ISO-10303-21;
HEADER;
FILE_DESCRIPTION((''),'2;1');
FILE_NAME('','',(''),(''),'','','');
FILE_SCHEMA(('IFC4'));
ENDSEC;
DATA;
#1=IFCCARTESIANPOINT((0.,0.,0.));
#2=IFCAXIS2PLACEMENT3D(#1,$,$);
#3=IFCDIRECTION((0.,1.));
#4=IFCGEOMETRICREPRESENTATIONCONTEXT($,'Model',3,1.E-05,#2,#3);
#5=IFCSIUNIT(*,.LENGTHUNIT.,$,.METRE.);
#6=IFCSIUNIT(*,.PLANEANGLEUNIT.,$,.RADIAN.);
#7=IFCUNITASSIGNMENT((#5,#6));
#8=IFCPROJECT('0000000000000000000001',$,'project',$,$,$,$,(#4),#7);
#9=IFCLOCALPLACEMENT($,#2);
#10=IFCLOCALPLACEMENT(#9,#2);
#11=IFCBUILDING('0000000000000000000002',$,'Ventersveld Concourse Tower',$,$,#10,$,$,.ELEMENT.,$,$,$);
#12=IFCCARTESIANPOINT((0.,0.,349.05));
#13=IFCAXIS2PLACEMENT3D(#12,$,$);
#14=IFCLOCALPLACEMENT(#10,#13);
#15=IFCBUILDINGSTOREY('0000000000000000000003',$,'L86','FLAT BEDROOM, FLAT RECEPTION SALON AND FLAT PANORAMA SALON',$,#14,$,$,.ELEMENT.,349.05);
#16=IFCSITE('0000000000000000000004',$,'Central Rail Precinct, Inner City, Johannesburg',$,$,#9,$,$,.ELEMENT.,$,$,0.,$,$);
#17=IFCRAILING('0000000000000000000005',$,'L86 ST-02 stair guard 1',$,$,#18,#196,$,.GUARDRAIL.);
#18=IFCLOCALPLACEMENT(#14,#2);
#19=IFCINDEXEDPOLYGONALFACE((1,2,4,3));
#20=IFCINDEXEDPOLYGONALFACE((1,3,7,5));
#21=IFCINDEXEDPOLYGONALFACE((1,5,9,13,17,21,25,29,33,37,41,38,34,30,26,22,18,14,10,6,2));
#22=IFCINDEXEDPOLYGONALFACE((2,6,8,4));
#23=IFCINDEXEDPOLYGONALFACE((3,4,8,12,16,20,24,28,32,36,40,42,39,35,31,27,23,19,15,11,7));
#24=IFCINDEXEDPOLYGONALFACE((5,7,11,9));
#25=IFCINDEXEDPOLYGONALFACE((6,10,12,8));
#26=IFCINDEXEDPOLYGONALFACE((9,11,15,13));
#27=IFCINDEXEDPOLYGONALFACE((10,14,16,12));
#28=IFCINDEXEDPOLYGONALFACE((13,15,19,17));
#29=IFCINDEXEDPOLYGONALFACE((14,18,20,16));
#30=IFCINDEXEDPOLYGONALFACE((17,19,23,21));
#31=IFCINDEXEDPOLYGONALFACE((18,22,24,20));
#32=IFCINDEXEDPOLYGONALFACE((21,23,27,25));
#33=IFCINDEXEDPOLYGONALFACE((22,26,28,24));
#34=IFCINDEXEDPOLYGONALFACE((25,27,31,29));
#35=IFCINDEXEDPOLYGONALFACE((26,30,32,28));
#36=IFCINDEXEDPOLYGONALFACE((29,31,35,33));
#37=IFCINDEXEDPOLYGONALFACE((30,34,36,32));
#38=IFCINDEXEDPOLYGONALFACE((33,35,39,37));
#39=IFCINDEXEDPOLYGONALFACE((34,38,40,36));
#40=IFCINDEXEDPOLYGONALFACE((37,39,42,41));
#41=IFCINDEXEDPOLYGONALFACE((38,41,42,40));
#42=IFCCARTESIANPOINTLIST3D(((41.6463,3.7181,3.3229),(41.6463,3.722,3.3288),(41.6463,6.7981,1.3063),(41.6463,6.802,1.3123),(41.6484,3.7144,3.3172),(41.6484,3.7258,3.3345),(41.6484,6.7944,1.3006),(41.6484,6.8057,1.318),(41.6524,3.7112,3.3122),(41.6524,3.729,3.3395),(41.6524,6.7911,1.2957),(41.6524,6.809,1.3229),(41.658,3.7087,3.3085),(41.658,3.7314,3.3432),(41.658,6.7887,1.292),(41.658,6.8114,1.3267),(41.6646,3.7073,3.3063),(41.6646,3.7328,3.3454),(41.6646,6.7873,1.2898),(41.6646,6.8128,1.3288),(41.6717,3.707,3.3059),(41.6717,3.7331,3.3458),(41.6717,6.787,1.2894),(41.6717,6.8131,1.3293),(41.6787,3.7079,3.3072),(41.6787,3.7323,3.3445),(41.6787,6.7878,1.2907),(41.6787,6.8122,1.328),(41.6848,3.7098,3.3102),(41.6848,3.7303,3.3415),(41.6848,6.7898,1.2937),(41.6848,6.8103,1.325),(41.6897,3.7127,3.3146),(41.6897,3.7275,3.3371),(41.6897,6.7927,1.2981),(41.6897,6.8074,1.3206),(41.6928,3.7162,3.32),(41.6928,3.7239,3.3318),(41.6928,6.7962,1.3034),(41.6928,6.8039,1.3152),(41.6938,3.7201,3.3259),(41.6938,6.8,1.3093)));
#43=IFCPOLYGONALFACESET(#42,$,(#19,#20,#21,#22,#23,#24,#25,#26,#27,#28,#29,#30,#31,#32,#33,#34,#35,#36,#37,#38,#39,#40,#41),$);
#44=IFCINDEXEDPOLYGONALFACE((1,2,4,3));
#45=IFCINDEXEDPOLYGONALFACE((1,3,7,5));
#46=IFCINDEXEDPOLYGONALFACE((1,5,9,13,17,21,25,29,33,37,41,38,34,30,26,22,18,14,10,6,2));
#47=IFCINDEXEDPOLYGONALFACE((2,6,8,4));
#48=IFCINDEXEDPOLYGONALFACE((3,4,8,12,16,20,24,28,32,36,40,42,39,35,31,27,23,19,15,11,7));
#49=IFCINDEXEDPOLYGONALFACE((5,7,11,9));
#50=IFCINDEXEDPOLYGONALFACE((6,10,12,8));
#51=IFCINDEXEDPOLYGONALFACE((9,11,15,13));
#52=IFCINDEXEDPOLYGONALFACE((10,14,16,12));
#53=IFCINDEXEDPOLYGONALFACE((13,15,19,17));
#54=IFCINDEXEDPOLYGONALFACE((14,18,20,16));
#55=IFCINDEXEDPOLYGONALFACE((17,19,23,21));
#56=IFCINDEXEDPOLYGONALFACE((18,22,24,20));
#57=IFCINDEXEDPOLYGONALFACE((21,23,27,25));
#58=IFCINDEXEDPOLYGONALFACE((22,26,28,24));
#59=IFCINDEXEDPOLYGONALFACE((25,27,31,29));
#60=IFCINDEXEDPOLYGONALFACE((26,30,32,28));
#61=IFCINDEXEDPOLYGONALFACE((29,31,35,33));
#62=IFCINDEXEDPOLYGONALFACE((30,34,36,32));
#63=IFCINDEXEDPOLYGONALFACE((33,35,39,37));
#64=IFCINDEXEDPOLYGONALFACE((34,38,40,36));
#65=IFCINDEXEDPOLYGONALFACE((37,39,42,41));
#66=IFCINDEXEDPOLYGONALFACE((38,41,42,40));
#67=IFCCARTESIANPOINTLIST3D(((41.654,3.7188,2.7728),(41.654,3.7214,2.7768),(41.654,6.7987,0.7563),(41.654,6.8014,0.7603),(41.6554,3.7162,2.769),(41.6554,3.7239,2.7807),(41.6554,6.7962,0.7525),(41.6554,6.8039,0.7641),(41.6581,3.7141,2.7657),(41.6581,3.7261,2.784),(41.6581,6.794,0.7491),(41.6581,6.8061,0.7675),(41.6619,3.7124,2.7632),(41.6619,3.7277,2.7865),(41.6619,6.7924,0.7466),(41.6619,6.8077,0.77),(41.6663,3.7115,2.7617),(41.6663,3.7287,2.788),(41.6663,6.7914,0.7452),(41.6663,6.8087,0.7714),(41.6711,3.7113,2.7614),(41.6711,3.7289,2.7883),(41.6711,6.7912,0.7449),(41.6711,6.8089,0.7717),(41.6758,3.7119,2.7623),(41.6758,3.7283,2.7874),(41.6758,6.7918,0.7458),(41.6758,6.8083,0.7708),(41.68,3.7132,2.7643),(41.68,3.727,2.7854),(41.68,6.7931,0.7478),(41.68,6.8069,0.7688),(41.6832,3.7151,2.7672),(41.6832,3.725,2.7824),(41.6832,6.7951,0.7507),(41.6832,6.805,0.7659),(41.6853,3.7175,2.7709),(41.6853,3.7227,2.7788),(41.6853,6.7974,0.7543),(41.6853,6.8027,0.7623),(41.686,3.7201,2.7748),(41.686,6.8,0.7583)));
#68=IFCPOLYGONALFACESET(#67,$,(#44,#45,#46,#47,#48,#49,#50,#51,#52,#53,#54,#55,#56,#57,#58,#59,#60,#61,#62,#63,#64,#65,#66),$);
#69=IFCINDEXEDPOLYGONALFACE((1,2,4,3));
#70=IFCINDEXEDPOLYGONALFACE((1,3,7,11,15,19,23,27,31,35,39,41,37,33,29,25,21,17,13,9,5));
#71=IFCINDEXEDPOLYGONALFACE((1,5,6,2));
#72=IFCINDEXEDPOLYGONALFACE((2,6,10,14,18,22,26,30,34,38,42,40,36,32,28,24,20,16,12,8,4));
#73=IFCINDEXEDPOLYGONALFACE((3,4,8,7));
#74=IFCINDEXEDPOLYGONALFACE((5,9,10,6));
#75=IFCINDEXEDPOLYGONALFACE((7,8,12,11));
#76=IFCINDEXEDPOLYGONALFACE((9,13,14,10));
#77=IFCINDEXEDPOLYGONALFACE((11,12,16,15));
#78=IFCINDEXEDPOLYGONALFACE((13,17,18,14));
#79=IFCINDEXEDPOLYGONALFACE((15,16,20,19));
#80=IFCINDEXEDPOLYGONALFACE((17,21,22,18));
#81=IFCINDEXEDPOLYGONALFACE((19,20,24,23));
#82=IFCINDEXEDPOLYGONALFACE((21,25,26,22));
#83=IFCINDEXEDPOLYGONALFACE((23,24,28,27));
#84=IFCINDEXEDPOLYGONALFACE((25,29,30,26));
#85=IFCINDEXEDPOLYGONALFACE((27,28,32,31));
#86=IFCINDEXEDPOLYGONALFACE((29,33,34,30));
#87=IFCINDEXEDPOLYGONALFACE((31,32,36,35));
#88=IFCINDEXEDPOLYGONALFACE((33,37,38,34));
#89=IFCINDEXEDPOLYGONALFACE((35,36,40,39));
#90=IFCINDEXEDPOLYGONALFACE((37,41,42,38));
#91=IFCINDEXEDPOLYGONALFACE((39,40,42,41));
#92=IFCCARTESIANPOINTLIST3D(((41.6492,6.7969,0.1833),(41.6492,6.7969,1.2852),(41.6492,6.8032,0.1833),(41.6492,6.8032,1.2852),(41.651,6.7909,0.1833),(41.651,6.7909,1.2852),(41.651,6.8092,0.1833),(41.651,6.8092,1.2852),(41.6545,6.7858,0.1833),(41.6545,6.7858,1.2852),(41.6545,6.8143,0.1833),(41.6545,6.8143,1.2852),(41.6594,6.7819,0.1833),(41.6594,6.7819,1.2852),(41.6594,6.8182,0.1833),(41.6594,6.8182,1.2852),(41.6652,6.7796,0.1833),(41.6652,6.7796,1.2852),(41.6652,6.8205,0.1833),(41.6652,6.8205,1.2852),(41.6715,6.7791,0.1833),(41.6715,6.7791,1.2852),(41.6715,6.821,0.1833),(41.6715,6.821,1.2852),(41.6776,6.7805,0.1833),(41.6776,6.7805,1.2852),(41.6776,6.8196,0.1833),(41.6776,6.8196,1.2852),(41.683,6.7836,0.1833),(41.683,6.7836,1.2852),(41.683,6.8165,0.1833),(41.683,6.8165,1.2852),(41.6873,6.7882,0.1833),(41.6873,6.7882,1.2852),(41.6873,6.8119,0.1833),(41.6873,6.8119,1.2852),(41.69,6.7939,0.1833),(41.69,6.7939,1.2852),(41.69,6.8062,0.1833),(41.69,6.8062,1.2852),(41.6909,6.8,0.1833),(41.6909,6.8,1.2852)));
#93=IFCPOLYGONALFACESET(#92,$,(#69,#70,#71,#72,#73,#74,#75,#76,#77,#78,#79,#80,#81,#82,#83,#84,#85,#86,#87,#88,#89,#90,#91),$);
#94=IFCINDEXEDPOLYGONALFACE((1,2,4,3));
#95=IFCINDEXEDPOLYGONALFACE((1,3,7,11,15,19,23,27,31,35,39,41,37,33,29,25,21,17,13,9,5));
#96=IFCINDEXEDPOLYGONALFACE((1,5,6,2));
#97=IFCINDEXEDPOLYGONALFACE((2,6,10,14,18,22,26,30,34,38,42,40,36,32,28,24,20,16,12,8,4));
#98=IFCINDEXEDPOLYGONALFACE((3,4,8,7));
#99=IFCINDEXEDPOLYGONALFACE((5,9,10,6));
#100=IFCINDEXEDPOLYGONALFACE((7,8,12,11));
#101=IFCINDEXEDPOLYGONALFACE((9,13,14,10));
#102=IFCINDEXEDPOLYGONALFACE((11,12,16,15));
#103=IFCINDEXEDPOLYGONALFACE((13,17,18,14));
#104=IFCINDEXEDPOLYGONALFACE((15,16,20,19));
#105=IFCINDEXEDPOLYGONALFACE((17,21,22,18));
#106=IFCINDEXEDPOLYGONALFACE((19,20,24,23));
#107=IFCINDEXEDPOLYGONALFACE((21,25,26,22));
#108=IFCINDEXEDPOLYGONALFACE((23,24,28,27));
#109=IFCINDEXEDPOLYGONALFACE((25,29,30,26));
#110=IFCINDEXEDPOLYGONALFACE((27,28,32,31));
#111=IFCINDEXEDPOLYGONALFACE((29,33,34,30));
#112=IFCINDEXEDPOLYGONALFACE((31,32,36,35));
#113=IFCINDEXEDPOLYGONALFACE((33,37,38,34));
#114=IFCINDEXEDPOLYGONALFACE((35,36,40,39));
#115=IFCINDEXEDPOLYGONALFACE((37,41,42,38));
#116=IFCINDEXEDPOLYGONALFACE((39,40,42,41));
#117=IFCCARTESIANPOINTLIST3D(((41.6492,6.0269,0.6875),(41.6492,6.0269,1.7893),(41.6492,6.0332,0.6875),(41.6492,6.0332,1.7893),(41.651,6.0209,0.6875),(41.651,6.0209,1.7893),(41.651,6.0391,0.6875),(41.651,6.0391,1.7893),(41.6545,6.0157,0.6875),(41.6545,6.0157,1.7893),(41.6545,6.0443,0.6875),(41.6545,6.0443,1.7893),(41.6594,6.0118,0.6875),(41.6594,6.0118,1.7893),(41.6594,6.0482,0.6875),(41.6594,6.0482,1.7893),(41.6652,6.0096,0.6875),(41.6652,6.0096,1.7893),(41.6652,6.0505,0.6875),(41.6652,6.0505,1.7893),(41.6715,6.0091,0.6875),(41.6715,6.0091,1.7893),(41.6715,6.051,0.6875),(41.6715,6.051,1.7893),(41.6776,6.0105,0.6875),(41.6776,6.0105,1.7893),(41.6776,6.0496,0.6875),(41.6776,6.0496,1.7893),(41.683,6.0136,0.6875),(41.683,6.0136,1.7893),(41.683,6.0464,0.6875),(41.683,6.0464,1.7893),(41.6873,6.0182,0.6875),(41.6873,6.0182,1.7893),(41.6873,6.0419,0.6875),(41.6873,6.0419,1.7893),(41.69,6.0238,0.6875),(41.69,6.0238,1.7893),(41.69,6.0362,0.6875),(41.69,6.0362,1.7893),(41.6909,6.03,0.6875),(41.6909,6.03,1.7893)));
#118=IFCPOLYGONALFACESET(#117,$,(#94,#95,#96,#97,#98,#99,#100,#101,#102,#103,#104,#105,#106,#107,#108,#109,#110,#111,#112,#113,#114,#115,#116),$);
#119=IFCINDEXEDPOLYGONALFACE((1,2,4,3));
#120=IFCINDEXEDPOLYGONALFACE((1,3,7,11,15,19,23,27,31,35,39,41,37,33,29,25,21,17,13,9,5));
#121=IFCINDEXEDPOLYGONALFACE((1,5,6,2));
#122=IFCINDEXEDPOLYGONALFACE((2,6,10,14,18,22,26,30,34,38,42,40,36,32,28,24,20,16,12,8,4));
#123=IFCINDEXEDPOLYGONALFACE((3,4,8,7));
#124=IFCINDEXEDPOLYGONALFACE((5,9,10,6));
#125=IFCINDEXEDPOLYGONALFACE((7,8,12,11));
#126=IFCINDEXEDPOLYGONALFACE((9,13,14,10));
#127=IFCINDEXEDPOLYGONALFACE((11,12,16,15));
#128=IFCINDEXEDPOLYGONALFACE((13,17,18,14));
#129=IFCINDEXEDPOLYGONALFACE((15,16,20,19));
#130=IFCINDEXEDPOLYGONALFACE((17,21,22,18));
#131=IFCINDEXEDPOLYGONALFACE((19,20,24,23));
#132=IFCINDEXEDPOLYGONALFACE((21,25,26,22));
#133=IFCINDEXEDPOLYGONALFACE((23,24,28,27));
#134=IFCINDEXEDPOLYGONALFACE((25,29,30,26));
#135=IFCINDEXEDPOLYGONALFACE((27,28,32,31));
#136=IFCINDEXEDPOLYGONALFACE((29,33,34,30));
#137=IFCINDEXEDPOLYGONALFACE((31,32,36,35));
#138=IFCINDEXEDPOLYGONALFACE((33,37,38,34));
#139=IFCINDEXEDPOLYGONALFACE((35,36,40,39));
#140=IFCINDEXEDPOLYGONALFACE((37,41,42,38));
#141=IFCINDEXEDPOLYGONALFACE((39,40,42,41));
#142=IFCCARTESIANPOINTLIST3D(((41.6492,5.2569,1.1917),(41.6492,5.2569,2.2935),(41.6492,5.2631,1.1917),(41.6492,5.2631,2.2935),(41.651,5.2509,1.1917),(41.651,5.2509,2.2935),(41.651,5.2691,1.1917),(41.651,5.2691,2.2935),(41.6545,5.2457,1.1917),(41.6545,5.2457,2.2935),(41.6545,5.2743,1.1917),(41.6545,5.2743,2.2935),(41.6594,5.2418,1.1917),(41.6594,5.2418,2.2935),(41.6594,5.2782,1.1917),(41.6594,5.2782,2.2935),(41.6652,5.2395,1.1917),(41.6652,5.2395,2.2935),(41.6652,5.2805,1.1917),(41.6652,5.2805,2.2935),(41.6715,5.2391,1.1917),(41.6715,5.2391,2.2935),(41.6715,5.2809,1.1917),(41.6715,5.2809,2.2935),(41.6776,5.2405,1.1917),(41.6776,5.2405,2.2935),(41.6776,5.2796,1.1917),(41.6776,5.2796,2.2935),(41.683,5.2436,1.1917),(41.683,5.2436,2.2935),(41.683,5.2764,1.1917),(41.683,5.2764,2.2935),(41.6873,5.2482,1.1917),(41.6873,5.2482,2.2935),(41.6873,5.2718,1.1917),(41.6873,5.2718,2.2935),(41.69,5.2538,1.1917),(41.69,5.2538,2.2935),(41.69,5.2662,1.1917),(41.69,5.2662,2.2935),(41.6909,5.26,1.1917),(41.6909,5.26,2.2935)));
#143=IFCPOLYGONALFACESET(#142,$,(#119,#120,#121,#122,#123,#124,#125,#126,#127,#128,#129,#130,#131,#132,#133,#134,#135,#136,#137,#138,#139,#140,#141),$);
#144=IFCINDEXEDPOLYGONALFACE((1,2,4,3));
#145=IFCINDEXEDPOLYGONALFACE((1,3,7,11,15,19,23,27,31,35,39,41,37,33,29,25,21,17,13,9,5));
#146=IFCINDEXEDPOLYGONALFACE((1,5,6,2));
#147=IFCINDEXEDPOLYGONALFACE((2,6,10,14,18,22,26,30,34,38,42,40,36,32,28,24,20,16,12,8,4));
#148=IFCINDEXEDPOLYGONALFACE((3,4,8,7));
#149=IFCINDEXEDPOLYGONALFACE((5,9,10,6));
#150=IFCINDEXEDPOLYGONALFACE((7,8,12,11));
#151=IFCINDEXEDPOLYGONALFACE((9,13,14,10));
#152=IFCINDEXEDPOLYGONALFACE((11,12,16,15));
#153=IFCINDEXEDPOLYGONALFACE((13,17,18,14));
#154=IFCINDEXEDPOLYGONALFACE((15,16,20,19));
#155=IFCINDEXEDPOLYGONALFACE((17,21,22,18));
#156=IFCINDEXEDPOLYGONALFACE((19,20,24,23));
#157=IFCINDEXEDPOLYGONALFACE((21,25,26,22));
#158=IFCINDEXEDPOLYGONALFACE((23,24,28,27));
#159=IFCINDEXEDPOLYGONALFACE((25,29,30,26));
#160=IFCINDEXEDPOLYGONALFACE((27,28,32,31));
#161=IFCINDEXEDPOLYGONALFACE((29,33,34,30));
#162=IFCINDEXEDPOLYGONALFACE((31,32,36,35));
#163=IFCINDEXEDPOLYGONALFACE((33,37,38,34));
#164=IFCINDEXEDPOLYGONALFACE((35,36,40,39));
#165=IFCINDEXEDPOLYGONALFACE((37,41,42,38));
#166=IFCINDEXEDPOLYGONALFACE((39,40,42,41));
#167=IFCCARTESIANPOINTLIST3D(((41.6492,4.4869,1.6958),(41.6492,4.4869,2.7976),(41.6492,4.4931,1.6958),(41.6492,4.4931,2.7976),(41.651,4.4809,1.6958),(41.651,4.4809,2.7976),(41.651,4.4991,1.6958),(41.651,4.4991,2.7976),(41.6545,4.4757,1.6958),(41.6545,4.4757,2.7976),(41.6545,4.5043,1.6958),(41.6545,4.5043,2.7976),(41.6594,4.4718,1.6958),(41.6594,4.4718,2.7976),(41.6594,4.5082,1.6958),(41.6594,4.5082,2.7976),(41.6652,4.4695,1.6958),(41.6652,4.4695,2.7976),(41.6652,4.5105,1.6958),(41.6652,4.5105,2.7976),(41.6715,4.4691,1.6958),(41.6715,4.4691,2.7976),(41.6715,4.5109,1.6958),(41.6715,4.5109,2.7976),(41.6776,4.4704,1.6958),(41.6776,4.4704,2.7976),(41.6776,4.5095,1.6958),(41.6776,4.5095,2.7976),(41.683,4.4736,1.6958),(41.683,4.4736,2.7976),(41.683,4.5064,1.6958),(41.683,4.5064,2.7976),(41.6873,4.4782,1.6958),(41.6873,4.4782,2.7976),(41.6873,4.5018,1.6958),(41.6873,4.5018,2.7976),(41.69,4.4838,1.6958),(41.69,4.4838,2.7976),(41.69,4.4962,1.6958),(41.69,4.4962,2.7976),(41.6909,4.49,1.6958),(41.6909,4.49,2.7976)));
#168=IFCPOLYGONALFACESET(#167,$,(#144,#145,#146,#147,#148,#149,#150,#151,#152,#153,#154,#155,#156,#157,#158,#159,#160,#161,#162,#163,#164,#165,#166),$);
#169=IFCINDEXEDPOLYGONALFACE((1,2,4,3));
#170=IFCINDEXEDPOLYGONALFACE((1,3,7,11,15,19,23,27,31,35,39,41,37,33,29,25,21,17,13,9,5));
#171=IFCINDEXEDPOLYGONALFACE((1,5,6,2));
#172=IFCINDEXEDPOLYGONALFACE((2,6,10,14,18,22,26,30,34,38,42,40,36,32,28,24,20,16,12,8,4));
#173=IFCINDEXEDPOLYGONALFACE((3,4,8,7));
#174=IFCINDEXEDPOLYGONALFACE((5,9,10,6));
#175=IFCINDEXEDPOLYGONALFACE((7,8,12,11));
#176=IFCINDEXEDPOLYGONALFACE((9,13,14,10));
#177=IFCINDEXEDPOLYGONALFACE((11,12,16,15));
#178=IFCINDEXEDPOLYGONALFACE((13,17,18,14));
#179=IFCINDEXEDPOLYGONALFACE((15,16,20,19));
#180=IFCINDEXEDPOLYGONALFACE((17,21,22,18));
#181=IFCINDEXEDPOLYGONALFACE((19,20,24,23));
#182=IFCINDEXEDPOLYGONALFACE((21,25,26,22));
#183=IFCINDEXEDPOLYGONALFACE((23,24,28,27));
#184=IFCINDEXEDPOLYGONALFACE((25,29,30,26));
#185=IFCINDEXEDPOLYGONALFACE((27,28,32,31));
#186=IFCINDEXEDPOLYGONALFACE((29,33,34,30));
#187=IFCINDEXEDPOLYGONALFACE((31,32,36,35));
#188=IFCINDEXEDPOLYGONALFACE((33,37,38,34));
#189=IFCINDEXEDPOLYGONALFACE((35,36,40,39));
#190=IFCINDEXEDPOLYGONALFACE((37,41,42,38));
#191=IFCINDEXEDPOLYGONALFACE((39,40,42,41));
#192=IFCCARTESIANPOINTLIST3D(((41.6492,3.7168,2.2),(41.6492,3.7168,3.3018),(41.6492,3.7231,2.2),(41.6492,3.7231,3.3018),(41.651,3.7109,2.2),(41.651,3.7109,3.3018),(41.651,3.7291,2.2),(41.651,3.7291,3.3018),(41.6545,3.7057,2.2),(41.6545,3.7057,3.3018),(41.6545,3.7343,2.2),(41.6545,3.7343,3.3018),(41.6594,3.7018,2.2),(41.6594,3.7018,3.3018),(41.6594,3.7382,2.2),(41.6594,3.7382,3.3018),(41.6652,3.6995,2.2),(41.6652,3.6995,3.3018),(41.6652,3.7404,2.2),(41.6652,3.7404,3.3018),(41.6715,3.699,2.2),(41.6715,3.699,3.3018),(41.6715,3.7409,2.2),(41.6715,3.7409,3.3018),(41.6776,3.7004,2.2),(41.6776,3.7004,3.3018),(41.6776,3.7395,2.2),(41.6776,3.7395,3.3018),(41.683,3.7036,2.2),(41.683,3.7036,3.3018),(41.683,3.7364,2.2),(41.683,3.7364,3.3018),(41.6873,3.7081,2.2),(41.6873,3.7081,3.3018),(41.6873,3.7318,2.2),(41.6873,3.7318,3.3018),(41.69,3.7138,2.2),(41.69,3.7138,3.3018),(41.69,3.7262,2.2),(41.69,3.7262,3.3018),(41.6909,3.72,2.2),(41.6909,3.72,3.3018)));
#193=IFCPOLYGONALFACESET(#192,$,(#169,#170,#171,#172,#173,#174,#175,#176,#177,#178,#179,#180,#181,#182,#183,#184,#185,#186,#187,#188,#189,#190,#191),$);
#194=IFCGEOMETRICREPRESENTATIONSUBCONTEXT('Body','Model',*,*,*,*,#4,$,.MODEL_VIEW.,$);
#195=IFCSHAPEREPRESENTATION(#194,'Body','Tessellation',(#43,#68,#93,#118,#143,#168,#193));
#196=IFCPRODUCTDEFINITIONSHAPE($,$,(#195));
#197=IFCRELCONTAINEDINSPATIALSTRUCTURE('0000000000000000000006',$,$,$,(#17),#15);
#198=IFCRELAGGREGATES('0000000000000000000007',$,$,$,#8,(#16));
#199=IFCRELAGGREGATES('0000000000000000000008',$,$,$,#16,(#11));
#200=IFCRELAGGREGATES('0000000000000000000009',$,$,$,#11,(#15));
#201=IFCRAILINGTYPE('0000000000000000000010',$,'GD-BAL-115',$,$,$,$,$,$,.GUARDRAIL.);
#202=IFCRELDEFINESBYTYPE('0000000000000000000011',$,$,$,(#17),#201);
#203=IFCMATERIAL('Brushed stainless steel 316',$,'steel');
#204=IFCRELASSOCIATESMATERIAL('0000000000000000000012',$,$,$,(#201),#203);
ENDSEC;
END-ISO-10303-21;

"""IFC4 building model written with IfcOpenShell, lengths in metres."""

from ifc_helpers import new_model, si_unit, direction, frame, origin, origin_2d, place, context, subcontext, project, spatial, circle, extrude, material, type_object, element, save


model = new_model("IFC4")

# Units and contexts
model_context = context("Model", 3, precision=1e-05, world=origin(), true_north=direction((0.0, 1.0)))
body_context = subcontext(model_context, "Body", "Model", "MODEL_VIEW")
ifc_project = project(units=[si_unit("LENGTHUNIT", "METRE"), si_unit("PLANEANGLEUNIT", "RADIAN")], contexts=[model_context])

# Site, building, storey
site_placement = place(None, origin())
site = spatial("IfcSite", under=ifc_project, at=site_placement, Name="Central Rail Precinct, Inner City, Johannesburg", CompositionType="ELEMENT", RefElevation=0.0)
building_placement = place(site_placement, origin())
building = spatial("IfcBuilding", under=site, at=building_placement, Name="Ventersveld Concourse Tower", CompositionType="ELEMENT")
storey_placement = place(building_placement, frame((0.0, 0.0, 349.05)))
storey = spatial("IfcBuildingStorey", under=building, at=storey_placement, Name="L86", Description="FLAT BEDROOM, FLAT RECEPTION SALON AND FLAT PANORAMA SALON", CompositionType="ELEMENT", Elevation=349.05)

# Shared definitions
ifc_material_1 = material(Name="Brushed stainless steel 316", Category="steel")

# Railing
railing_type_1 = type_object("IfcRailingType", Name="GD-BAL-115", PredefinedType="GUARDRAIL", material=ifc_material_1)
railing_1_placement = place(storey_placement, frame((41.6699, 6.8, 0.1833)))
element("IfcRailing", 1, at=railing_1_placement, inside=storey, type_object=railing_type_1, Name="L86 ST-02 stair guard 1", PredefinedType="GUARDRAIL", context=body_context, shape_type="SweptSolid", body=[
    extrude(circle(Radius=0.0239, at=origin_2d()), frame((0.0, 0.0, 1.126), z_axis=(0.0, -0.836633, 0.547764), x_axis=(1.0, 0.0, 0.0)), (0.0, 0.0, 1.0), 3.6814),
    extrude(circle(Radius=0.0161, at=origin_2d()), frame((0.0, 0.0, 0.575), z_axis=(0.0, -0.836633, 0.547764), x_axis=(1.0, 0.0, 0.0)), (0.0, 0.0, 1.0), 3.6814),
    extrude(circle(Radius=0.021, at=origin_2d()), origin(), (0.0, 0.0, 1.0), 1.1018),
    extrude(circle(Radius=0.021, at=origin_2d()), frame((0.0, -0.77, 0.5042)), (0.0, 0.0, 1.0), 1.1018),
    extrude(circle(Radius=0.021, at=origin_2d()), frame((0.0, -1.54, 1.0083)), (0.0, 0.0, 1.0), 1.1018),
    extrude(circle(Radius=0.021, at=origin_2d()), frame((0.0, -2.3101, 1.5125)), (0.0, 0.0, 1.0), 1.1018),
    extrude(circle(Radius=0.021, at=origin_2d()), frame((0.0, -3.0801, 2.0166)), (0.0, 0.0, 1.0), 1.1018),
])

save(model, "model.ifc")
